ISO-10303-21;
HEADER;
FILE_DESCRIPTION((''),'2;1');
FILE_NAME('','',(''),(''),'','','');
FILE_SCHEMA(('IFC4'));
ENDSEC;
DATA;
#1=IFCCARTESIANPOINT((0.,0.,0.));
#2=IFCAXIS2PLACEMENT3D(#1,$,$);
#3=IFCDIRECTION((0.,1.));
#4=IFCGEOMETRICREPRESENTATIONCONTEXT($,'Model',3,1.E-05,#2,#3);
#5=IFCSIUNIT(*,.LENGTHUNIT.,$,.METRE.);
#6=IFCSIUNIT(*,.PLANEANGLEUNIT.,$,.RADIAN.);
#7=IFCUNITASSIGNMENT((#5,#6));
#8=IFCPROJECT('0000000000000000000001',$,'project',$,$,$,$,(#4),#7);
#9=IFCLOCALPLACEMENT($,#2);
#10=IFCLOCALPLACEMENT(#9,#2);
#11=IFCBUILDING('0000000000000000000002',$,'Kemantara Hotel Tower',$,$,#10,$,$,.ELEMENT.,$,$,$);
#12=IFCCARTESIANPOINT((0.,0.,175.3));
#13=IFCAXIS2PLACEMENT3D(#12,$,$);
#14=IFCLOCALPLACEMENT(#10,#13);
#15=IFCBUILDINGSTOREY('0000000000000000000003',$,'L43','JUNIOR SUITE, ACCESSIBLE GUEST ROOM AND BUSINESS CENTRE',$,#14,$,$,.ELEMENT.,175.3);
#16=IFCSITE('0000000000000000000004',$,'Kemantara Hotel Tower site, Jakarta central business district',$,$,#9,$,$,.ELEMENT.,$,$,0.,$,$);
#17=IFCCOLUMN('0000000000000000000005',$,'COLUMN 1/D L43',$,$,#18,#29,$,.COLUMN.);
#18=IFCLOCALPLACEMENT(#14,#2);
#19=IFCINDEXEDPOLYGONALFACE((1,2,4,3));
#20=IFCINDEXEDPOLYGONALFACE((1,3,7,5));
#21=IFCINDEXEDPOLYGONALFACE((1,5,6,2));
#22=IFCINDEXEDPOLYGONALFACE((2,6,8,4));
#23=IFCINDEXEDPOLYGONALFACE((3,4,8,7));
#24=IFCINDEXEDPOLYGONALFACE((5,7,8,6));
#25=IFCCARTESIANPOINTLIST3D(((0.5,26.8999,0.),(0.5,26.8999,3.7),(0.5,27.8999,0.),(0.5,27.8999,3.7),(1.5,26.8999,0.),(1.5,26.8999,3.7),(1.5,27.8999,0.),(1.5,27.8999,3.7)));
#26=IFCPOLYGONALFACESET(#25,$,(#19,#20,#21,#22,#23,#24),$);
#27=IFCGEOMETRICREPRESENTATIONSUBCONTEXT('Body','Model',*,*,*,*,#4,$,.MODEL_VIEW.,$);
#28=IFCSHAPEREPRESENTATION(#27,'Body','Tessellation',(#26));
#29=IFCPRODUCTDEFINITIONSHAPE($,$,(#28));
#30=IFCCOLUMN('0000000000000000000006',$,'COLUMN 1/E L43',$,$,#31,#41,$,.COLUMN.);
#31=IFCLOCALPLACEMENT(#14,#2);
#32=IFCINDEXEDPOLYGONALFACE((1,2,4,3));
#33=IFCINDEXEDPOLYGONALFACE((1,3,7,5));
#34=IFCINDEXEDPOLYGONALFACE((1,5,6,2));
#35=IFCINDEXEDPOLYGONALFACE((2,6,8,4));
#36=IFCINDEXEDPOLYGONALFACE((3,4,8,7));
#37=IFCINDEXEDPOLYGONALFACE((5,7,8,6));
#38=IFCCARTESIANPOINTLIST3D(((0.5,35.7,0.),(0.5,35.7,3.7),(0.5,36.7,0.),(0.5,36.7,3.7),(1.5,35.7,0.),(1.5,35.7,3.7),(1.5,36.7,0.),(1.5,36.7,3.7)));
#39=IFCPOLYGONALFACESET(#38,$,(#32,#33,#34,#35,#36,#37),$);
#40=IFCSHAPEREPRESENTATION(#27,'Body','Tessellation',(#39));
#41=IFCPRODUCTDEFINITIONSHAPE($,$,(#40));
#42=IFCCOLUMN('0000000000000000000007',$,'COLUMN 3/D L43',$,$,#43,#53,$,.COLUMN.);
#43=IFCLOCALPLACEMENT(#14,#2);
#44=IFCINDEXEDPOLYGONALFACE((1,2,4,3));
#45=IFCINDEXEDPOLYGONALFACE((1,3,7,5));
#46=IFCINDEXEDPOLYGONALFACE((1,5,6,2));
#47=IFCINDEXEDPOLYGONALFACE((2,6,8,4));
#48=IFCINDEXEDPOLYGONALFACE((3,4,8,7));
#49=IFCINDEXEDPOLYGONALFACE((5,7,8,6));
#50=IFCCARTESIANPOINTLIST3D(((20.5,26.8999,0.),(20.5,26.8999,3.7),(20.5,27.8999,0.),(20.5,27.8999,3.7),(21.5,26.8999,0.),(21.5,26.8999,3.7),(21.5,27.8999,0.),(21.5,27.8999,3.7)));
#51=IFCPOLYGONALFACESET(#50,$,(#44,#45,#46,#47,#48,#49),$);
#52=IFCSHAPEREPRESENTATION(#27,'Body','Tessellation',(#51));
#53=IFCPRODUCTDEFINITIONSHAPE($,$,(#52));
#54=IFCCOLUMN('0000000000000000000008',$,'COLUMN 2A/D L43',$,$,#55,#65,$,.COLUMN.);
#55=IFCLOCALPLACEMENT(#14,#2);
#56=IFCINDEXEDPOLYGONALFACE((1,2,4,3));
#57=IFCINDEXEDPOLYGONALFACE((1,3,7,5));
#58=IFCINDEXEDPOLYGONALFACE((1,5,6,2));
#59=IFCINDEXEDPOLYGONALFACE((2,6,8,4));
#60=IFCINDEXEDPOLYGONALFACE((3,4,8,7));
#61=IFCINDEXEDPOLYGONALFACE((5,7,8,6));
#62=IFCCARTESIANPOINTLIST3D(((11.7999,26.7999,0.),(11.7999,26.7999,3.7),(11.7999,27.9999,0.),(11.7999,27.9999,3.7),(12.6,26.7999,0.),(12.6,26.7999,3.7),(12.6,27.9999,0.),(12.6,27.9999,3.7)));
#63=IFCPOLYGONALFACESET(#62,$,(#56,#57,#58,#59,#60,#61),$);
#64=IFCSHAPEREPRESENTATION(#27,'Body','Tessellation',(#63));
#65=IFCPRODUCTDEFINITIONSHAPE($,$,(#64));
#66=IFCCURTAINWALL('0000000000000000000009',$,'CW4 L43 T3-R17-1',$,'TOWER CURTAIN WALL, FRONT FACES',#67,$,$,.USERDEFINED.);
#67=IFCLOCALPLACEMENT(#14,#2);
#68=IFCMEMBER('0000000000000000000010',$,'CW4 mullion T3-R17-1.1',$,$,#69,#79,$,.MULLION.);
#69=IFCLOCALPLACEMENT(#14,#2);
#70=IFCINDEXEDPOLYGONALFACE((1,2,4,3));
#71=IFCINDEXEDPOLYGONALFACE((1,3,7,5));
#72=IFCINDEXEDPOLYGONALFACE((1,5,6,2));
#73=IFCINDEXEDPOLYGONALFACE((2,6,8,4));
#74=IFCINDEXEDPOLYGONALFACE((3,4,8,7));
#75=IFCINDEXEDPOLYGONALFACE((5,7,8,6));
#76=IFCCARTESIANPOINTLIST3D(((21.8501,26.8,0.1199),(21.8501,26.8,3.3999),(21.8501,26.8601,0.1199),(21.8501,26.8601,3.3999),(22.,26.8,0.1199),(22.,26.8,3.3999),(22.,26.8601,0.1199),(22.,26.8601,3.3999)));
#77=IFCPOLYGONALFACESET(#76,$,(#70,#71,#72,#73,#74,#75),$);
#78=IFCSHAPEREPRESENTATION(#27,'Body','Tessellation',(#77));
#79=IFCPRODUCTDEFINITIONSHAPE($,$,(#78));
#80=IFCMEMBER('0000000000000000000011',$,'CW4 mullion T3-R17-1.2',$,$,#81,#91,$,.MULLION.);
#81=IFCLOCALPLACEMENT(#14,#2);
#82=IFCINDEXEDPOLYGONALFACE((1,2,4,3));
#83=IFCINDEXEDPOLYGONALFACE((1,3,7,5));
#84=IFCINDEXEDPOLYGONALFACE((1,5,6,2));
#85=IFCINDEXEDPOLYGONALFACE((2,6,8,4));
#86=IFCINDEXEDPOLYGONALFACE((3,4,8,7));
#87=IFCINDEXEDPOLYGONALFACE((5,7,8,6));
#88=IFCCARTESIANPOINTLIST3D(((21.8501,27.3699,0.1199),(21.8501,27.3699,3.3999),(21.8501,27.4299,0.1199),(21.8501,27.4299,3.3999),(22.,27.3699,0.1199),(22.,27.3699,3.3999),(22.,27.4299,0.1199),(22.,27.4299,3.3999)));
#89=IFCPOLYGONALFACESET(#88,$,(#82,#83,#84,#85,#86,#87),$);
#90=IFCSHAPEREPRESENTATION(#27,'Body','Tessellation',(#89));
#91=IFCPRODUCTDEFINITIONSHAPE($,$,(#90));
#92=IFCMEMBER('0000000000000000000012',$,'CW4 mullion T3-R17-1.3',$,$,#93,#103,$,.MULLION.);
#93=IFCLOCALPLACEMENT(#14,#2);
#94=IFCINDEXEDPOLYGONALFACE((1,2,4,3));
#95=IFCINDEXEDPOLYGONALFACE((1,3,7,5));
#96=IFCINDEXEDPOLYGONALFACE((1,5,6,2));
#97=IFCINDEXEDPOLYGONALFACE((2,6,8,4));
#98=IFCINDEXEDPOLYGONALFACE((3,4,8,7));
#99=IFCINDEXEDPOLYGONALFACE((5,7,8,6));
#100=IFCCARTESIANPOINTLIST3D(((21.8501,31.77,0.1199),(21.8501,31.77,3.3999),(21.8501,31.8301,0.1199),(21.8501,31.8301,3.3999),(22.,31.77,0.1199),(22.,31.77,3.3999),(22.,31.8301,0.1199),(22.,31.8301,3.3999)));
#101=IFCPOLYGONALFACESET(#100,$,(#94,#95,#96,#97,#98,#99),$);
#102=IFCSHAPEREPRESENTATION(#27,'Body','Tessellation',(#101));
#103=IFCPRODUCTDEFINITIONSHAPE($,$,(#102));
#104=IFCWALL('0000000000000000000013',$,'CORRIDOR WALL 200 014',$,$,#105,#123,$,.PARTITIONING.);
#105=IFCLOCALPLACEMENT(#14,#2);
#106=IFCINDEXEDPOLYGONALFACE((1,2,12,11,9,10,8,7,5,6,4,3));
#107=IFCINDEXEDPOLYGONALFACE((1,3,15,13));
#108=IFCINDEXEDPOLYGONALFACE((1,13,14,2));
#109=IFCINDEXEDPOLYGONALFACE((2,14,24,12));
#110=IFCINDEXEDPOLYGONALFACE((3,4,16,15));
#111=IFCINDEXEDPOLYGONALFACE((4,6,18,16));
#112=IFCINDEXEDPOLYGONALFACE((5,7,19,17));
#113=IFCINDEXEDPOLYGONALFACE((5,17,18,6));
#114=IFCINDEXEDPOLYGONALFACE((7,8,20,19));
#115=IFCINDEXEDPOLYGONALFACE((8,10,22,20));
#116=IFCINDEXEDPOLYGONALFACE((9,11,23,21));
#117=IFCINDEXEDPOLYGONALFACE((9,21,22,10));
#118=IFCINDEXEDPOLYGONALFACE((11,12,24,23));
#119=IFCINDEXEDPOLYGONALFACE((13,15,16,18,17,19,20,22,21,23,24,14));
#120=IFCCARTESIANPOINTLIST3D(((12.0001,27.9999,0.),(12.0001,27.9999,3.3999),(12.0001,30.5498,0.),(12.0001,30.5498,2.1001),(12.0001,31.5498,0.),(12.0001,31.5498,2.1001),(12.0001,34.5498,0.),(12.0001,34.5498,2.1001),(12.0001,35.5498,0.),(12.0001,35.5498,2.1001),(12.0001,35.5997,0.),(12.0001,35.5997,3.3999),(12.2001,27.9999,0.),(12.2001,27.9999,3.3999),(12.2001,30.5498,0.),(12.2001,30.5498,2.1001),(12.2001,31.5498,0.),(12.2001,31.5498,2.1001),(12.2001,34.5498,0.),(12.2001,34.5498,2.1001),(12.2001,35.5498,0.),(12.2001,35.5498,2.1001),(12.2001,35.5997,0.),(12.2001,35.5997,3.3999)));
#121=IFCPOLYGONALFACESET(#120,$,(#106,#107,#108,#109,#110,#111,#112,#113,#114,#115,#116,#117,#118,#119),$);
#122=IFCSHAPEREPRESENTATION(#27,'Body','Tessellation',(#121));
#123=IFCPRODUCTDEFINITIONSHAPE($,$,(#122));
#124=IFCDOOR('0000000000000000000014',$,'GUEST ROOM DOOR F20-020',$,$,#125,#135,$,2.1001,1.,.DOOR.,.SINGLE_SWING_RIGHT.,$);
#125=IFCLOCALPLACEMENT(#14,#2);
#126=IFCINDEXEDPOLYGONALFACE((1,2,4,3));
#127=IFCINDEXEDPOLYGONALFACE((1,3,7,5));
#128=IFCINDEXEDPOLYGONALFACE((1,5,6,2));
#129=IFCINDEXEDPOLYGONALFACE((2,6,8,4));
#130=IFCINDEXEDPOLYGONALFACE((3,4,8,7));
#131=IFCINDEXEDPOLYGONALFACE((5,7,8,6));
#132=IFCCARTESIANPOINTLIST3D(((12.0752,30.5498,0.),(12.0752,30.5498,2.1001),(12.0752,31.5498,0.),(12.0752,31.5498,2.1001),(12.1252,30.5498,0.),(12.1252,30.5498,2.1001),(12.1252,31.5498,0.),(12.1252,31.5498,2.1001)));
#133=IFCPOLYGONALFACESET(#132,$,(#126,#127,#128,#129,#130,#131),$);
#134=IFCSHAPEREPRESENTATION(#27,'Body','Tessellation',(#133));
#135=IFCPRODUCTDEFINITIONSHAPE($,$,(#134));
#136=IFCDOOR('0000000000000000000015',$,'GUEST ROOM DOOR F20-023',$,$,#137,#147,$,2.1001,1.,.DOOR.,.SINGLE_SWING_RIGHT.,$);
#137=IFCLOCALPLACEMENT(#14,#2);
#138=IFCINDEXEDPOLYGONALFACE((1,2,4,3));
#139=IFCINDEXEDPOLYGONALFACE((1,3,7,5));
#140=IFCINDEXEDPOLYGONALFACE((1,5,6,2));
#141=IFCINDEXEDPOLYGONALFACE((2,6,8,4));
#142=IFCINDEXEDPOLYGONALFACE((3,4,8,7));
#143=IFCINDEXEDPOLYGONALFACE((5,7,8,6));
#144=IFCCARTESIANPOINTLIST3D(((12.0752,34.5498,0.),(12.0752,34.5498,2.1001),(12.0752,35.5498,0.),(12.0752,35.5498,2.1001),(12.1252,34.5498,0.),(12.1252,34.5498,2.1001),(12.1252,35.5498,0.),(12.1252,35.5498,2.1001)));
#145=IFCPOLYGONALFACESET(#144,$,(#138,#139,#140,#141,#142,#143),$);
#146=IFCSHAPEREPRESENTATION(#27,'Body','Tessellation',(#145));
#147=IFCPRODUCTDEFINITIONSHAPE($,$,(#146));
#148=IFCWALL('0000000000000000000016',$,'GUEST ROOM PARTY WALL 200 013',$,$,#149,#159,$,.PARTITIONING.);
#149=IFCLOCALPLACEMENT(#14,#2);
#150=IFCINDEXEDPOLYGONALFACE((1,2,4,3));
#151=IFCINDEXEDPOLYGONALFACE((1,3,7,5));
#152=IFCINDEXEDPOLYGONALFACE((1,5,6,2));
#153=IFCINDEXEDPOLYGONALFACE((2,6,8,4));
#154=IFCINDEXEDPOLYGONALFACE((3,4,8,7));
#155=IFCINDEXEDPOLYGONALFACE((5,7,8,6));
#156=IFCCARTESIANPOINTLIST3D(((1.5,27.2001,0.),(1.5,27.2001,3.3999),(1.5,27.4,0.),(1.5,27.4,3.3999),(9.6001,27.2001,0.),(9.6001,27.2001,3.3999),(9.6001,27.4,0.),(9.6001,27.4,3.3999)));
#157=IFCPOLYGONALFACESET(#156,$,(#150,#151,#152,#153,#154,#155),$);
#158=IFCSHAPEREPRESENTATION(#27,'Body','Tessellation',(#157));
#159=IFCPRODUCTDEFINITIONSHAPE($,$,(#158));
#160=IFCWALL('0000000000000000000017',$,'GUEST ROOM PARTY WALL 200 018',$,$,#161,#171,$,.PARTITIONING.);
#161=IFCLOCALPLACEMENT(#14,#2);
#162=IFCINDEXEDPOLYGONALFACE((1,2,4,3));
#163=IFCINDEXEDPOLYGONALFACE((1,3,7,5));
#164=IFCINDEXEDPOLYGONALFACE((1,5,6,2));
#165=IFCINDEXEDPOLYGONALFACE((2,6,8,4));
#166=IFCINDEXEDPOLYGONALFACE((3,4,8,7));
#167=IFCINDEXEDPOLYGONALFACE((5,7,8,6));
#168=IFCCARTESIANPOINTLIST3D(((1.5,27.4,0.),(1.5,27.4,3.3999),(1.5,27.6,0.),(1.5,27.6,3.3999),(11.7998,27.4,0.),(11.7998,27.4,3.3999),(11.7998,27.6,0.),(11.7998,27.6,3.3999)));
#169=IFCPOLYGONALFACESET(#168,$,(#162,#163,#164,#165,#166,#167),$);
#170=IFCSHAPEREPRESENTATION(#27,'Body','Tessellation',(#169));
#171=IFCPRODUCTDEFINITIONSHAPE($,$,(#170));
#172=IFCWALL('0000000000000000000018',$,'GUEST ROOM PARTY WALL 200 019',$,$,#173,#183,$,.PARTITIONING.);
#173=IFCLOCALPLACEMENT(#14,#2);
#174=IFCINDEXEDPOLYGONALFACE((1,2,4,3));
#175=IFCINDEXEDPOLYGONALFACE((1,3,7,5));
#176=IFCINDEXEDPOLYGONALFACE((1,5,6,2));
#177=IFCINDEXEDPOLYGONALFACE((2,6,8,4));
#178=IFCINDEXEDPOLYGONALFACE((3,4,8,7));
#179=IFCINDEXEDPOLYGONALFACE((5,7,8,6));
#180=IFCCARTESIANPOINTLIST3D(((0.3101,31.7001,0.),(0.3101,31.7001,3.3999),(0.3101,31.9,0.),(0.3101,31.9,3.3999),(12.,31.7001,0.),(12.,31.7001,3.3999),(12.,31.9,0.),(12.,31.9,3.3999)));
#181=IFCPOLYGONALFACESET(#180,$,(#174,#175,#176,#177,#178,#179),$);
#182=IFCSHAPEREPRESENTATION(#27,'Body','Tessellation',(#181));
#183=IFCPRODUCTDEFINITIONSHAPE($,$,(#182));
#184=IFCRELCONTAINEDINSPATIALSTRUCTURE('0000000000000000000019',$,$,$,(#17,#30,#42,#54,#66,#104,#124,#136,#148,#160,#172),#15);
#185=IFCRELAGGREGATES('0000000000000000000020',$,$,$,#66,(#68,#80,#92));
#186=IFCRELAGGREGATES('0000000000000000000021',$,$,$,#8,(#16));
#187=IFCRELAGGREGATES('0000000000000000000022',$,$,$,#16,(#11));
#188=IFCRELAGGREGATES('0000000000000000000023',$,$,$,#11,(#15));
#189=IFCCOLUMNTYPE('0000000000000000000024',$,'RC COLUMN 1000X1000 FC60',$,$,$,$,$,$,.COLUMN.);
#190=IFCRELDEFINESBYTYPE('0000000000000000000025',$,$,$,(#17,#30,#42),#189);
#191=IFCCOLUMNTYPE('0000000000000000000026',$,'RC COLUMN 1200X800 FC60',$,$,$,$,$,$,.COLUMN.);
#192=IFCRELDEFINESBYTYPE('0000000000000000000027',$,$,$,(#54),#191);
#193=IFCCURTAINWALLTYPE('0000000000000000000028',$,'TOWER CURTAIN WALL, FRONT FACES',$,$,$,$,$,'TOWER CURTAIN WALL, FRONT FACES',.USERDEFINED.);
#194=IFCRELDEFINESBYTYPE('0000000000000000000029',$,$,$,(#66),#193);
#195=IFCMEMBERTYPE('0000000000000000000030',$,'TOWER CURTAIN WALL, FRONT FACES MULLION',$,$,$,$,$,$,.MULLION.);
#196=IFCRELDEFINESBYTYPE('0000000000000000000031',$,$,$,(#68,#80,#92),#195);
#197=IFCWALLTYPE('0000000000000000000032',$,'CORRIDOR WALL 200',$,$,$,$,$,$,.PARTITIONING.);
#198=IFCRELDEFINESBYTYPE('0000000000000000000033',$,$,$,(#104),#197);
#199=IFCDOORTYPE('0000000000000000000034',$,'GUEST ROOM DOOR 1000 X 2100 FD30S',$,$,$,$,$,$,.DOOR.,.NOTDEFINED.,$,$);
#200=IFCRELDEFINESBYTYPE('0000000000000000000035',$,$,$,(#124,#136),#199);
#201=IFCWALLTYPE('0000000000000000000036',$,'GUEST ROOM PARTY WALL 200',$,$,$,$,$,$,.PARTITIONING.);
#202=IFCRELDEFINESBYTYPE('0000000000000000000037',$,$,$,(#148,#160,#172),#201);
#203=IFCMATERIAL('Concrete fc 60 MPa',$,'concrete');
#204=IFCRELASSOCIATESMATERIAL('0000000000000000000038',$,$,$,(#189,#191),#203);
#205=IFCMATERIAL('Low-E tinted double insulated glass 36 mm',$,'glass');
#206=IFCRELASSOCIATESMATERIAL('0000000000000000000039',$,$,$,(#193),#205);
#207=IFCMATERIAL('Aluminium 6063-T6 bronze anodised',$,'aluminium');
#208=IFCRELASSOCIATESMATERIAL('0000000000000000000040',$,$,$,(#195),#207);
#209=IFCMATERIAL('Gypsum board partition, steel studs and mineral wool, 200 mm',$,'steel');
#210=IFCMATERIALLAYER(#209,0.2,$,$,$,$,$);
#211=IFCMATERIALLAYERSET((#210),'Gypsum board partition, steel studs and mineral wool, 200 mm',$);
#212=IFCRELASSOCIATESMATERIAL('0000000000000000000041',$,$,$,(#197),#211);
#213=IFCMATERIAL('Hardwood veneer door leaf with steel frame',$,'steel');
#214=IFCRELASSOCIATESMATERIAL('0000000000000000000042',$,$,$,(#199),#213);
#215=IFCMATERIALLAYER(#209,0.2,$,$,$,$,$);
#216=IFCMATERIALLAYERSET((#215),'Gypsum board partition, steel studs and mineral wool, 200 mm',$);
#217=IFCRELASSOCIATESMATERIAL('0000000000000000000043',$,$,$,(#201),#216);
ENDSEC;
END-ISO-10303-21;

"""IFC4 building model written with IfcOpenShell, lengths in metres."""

from ifc_helpers import new_model, si_unit, direction, frame, frame_2d, origin, origin_2d, place, context, subcontext, project, spatial, rectangle, extrude, source, transform, mapped, material, layer, layer_set, material_profile, profile_set, type_object, element, fill, aggregate, save


model = new_model("IFC4")

# Units and contexts
model_context = context("Model", 3, precision=1e-05, world=origin(), true_north=direction((0.0, 1.0)))
body_context = subcontext(model_context, "Body", "Model", "MODEL_VIEW")
ifc_project = project(units=[si_unit("LENGTHUNIT", "METRE"), si_unit("PLANEANGLEUNIT", "RADIAN")], contexts=[model_context])

# Site, building, storey
site_placement = place(None, origin())
site = spatial("IfcSite", under=ifc_project, at=site_placement, Name="Kemantara Hotel Tower site, Jakarta central business district", CompositionType="ELEMENT", RefElevation=0.0)
building_placement = place(site_placement, origin())
building = spatial("IfcBuilding", under=site, at=building_placement, Name="Kemantara Hotel Tower", CompositionType="ELEMENT")
storey_placement = place(building_placement, frame((0.0, 0.0, 175.3)))
storey = spatial("IfcBuildingStorey", under=building, at=storey_placement, Name="L43", Description="JUNIOR SUITE, ACCESSIBLE GUEST ROOM AND BUSINESS CENTRE", CompositionType="ELEMENT", Elevation=175.3)

# Columns
ifc_material_1 = material(Name="Concrete fc 60 MPa", Category="concrete")
ifc_material_profile_1 = material_profile(ifc_material_1, rectangle(XDim=1.0, YDim=1.0, at=origin_2d()), Name="RC 1000X1000")
ifc_profile_set_1 = profile_set([ifc_material_profile_1], Name="Concrete fc 60 MPa")
column_type_1 = type_object("IfcColumnType", Name="RC COLUMN 1000X1000 FC60", PredefinedType="COLUMN", material=ifc_profile_set_1)
for number, where, z_axis, x_axis, name in (
    (1, (1.0, 27.3999, 0.0), (0.0, 0.0, 1.0), (1.0, 0.0, 0.0), "COLUMN 1/D L43"),
    (2, (1.0, 36.2, 0.0), (0.0, 0.0, 1.0), (1.0, 0.0, 0.0), "COLUMN 1/E L43"),
    (3, (21.0, 27.3999, 0.0), (0.0, 0.0, 1.0), (1.0, 0.0, 0.0), "COLUMN 3/D L43"),
):
    element("IfcColumn", number, at=place(storey_placement, frame(where, z_axis=z_axis, x_axis=x_axis)), inside=storey, type_object=column_type_1, Name=name, PredefinedType="COLUMN", context=body_context, shape_type="SweptSolid", body=[
        extrude(rectangle(XDim=1.0, YDim=1.0, at=origin_2d()), origin(), (0.0, 0.0, 1.0), 3.7),
    ])
ifc_material_profile_2 = material_profile(ifc_material_1, rectangle(XDim=1.2, YDim=0.8, at=origin_2d()), Name="RC 1200X800")
ifc_profile_set_2 = profile_set([ifc_material_profile_2], Name="Concrete fc 60 MPa")
column_type_2 = type_object("IfcColumnType", Name="RC COLUMN 1200X800 FC60", PredefinedType="COLUMN", material=ifc_profile_set_2)
column_placement = place(storey_placement, frame((12.2, 27.3999, 0.0), z_axis=(0.0, 0.0, 1.0), x_axis=(0.0, 1.0, 0.0)))
element("IfcColumn", 4, at=column_placement, inside=storey, type_object=column_type_2, Name="COLUMN 2A/D L43", PredefinedType="COLUMN", context=body_context, shape_type="SweptSolid", body=[
    extrude(rectangle(XDim=1.2, YDim=0.8, at=origin_2d()), origin(), (0.0, 0.0, 1.0), 3.7),
])

# Curtain wall, members
ifc_material_2 = material(Name="Low-E tinted double insulated glass 36 mm", Category="glass")
curtain_wall_type = type_object("IfcCurtainWallType", Name="TOWER CURTAIN WALL, FRONT FACES", ElementType="TOWER CURTAIN WALL, FRONT FACES", PredefinedType="USERDEFINED", material=ifc_material_2)
curtain_wall_placement = place(storey_placement, origin())
curtain_wall = element("IfcCurtainWall", 5, at=curtain_wall_placement, inside=storey, type_object=curtain_wall_type, Name="CW4 L43 T3-R17-1", ObjectType="TOWER CURTAIN WALL, FRONT FACES", PredefinedType="USERDEFINED")
ifc_material_3 = material(Name="Aluminium 6063-T6 bronze anodised", Category="aluminium")
ifc_material_profile_3 = material_profile(ifc_material_3, rectangle(XDim=0.1499, YDim=0.0601, at=origin_2d()), Name="TOWER CURTAIN WALL, FRONT FACES MULLION")
ifc_profile_set_3 = profile_set([ifc_material_profile_3], Name="Aluminium 6063-T6 bronze anodised")
member_type = type_object("IfcMemberType", Name="TOWER CURTAIN WALL, FRONT FACES MULLION", PredefinedType="MULLION", material=ifc_profile_set_3)
shared_shape_1 = source(origin(), body_context, "Body", "SweptSolid", [
    extrude(rectangle(XDim=0.1499, YDim=0.0601, at=origin_2d()), origin(), (0.0, 0.0, 1.0), 3.28),
])
member_1_placement = place(storey_placement, frame((21.925, 26.8301, 0.1199), z_axis=(0.0, 0.0, 1.0), x_axis=(-1.0, 0.0, 0.0)))
member_1 = element("IfcMember", 6, at=member_1_placement, type_object=member_type, Name="CW4 mullion T3-R17-1.1", PredefinedType="MULLION", context=body_context, shape_type="MappedRepresentation", body=[
    mapped(shared_shape_1, transform((0.0, 0.0, 0.0))),
])
member_2_placement = place(storey_placement, frame((21.925, 27.3999, 0.1199), z_axis=(0.0, 0.0, 1.0), x_axis=(-1.0, 0.0, 0.0)))
member_2 = element("IfcMember", 7, at=member_2_placement, type_object=member_type, Name="CW4 mullion T3-R17-1.2", PredefinedType="MULLION", context=body_context, shape_type="MappedRepresentation", body=[
    mapped(shared_shape_1, transform((0.0, 0.0, 0.0))),
])
member_3_placement = place(storey_placement, frame((21.925, 31.8, 0.1199), z_axis=(0.0, 0.0, 1.0), x_axis=(-1.0, 0.0, 0.0)))
member_3 = element("IfcMember", 8, at=member_3_placement, type_object=member_type, Name="CW4 mullion T3-R17-1.3", PredefinedType="MULLION", context=body_context, shape_type="MappedRepresentation", body=[
    mapped(shared_shape_1, transform((0.0, 0.0, 0.0))),
])
aggregate(curtain_wall, [member_1, member_2, member_3])

# Wall, openings, doors
ifc_material_4 = material(Name="Gypsum board partition, steel studs and mineral wool, 200 mm", Category="steel")
ifc_layer_1 = layer(ifc_material_4, 0.2)
ifc_layer_set_1 = layer_set([ifc_layer_1], Name="Gypsum board partition, steel studs and mineral wool, 200 mm")
wall_type_1 = type_object("IfcWallType", Name="CORRIDOR WALL 200", PredefinedType="PARTITIONING", material=ifc_layer_set_1)
wall_1_placement = place(storey_placement, frame((12.1001, 28.0, 0.0), z_axis=(0.0, 0.0, 1.0), x_axis=(0.0, 1.0, 0.0)))
wall_1 = element("IfcWall", 9, at=wall_1_placement, inside=storey, type_object=wall_type_1, Name="CORRIDOR WALL 200 014", PredefinedType="PARTITIONING", context=body_context, shape_type="SweptSolid", body=[
    extrude(rectangle(XDim=7.5999, YDim=0.2, at=frame_2d((3.7998, 0.0))), origin(), (0.0, 0.0, 1.0), 3.3999),
])
opening_1_placement = place(wall_1_placement, frame((2.5498, 0.0, 0.0)))
opening_1 = element("IfcOpeningElement", 10, at=opening_1_placement, cuts=wall_1, PredefinedType="OPENING", context=body_context, shape_type="SweptSolid", body=[
    extrude(rectangle(XDim=1.0, YDim=2.1001, at=frame_2d((0.5, 1.05))), frame((0.0, 0.1099, 0.0), z_axis=(0.0, -1.0, 0.0), x_axis=(1.0, 0.0, 0.0)), (0.0, 0.0, 1.0), 0.22),
])
opening_2_placement = place(wall_1_placement, frame((6.5498, 0.0, 0.0)))
opening_2 = element("IfcOpeningElement", 11, at=opening_2_placement, cuts=wall_1, PredefinedType="OPENING", context=body_context, shape_type="SweptSolid", body=[
    extrude(rectangle(XDim=1.0, YDim=2.1001, at=frame_2d((0.5, 1.05))), frame((0.0, 0.1099, 0.0), z_axis=(0.0, -1.0, 0.0), x_axis=(1.0, 0.0, 0.0)), (0.0, 0.0, 1.0), 0.22),
])
ifc_material_5 = material(Name="Hardwood veneer door leaf with steel frame", Category="steel")
door_type_1 = type_object("IfcDoorType", Name="GUEST ROOM DOOR 1000 X 2100 FD30S", OperationType="NOTDEFINED", PredefinedType="DOOR", material=ifc_material_5)
door_1_placement = place(opening_1_placement, origin())
door_1 = element("IfcDoor", 12, at=door_1_placement, inside=storey, type_object=door_type_1, Name="GUEST ROOM DOOR F20-020", OperationType="SINGLE_SWING_RIGHT", OverallHeight=2.1001, OverallWidth=1.0, PredefinedType="DOOR", context=body_context, shape_type="SweptSolid", body=[
    extrude(rectangle(XDim=1.0, YDim=2.1001, at=frame_2d((0.5, 1.05))), frame((0.0, 0.0249, 0.0), z_axis=(0.0, -1.0, 0.0), x_axis=(1.0, 0.0, 0.0)), (0.0, 0.0, 1.0), 0.05),
])
fill(opening_1, door_1)
door_2_placement = place(opening_2_placement, origin())
door_2 = element("IfcDoor", 13, at=door_2_placement, inside=storey, type_object=door_type_1, Name="GUEST ROOM DOOR F20-023", OperationType="SINGLE_SWING_RIGHT", OverallHeight=2.1001, OverallWidth=1.0, PredefinedType="DOOR", context=body_context, shape_type="SweptSolid", body=[
    extrude(rectangle(XDim=1.0, YDim=2.1001, at=frame_2d((0.5, 1.05))), frame((0.0, 0.0249, 0.0), z_axis=(0.0, -1.0, 0.0), x_axis=(1.0, 0.0, 0.0)), (0.0, 0.0, 1.0), 0.05),
])
fill(opening_2, door_2)

# Walls
ifc_layer_2 = layer(ifc_material_4, 0.2)
ifc_layer_set_2 = layer_set([ifc_layer_2], Name="Gypsum board partition, steel studs and mineral wool, 200 mm")
wall_type_2 = type_object("IfcWallType", Name="GUEST ROOM PARTY WALL 200", PredefinedType="PARTITIONING", material=ifc_layer_set_2)
wall_2_placement = place(storey_placement, frame((1.5, 27.3, 0.0), z_axis=(0.0, 0.0, 1.0), x_axis=(1.0, 0.0, 0.0)))
element("IfcWall", 14, at=wall_2_placement, inside=storey, type_object=wall_type_2, Name="GUEST ROOM PARTY WALL 200 013", PredefinedType="PARTITIONING", context=body_context, shape_type="SweptSolid", body=[
    extrude(rectangle(XDim=8.1001, YDim=0.2, at=frame_2d((4.05, 0.0))), origin(), (0.0, 0.0, 1.0), 3.3999),
])
wall_3_placement = place(storey_placement, frame((1.5, 27.5, 0.0), z_axis=(0.0, 0.0, 1.0), x_axis=(1.0, 0.0, 0.0)))
element("IfcWall", 15, at=wall_3_placement, inside=storey, type_object=wall_type_2, Name="GUEST ROOM PARTY WALL 200 018", PredefinedType="PARTITIONING", context=body_context, shape_type="SweptSolid", body=[
    extrude(rectangle(XDim=10.2998, YDim=0.2, at=frame_2d((5.1499, 0.0))), origin(), (0.0, 0.0, 1.0), 3.3999),
])
wall_4_placement = place(storey_placement, frame((0.3101, 31.8, 0.0), z_axis=(0.0, 0.0, 1.0), x_axis=(1.0, 0.0, 0.0)))
element("IfcWall", 16, at=wall_4_placement, inside=storey, type_object=wall_type_2, Name="GUEST ROOM PARTY WALL 200 019", PredefinedType="PARTITIONING", context=body_context, shape_type="SweptSolid", body=[
    extrude(rectangle(XDim=11.6899, YDim=0.2, at=frame_2d((5.845, 0.0))), origin(), (0.0, 0.0, 1.0), 3.3999),
])

save(model, "model.ifc")
